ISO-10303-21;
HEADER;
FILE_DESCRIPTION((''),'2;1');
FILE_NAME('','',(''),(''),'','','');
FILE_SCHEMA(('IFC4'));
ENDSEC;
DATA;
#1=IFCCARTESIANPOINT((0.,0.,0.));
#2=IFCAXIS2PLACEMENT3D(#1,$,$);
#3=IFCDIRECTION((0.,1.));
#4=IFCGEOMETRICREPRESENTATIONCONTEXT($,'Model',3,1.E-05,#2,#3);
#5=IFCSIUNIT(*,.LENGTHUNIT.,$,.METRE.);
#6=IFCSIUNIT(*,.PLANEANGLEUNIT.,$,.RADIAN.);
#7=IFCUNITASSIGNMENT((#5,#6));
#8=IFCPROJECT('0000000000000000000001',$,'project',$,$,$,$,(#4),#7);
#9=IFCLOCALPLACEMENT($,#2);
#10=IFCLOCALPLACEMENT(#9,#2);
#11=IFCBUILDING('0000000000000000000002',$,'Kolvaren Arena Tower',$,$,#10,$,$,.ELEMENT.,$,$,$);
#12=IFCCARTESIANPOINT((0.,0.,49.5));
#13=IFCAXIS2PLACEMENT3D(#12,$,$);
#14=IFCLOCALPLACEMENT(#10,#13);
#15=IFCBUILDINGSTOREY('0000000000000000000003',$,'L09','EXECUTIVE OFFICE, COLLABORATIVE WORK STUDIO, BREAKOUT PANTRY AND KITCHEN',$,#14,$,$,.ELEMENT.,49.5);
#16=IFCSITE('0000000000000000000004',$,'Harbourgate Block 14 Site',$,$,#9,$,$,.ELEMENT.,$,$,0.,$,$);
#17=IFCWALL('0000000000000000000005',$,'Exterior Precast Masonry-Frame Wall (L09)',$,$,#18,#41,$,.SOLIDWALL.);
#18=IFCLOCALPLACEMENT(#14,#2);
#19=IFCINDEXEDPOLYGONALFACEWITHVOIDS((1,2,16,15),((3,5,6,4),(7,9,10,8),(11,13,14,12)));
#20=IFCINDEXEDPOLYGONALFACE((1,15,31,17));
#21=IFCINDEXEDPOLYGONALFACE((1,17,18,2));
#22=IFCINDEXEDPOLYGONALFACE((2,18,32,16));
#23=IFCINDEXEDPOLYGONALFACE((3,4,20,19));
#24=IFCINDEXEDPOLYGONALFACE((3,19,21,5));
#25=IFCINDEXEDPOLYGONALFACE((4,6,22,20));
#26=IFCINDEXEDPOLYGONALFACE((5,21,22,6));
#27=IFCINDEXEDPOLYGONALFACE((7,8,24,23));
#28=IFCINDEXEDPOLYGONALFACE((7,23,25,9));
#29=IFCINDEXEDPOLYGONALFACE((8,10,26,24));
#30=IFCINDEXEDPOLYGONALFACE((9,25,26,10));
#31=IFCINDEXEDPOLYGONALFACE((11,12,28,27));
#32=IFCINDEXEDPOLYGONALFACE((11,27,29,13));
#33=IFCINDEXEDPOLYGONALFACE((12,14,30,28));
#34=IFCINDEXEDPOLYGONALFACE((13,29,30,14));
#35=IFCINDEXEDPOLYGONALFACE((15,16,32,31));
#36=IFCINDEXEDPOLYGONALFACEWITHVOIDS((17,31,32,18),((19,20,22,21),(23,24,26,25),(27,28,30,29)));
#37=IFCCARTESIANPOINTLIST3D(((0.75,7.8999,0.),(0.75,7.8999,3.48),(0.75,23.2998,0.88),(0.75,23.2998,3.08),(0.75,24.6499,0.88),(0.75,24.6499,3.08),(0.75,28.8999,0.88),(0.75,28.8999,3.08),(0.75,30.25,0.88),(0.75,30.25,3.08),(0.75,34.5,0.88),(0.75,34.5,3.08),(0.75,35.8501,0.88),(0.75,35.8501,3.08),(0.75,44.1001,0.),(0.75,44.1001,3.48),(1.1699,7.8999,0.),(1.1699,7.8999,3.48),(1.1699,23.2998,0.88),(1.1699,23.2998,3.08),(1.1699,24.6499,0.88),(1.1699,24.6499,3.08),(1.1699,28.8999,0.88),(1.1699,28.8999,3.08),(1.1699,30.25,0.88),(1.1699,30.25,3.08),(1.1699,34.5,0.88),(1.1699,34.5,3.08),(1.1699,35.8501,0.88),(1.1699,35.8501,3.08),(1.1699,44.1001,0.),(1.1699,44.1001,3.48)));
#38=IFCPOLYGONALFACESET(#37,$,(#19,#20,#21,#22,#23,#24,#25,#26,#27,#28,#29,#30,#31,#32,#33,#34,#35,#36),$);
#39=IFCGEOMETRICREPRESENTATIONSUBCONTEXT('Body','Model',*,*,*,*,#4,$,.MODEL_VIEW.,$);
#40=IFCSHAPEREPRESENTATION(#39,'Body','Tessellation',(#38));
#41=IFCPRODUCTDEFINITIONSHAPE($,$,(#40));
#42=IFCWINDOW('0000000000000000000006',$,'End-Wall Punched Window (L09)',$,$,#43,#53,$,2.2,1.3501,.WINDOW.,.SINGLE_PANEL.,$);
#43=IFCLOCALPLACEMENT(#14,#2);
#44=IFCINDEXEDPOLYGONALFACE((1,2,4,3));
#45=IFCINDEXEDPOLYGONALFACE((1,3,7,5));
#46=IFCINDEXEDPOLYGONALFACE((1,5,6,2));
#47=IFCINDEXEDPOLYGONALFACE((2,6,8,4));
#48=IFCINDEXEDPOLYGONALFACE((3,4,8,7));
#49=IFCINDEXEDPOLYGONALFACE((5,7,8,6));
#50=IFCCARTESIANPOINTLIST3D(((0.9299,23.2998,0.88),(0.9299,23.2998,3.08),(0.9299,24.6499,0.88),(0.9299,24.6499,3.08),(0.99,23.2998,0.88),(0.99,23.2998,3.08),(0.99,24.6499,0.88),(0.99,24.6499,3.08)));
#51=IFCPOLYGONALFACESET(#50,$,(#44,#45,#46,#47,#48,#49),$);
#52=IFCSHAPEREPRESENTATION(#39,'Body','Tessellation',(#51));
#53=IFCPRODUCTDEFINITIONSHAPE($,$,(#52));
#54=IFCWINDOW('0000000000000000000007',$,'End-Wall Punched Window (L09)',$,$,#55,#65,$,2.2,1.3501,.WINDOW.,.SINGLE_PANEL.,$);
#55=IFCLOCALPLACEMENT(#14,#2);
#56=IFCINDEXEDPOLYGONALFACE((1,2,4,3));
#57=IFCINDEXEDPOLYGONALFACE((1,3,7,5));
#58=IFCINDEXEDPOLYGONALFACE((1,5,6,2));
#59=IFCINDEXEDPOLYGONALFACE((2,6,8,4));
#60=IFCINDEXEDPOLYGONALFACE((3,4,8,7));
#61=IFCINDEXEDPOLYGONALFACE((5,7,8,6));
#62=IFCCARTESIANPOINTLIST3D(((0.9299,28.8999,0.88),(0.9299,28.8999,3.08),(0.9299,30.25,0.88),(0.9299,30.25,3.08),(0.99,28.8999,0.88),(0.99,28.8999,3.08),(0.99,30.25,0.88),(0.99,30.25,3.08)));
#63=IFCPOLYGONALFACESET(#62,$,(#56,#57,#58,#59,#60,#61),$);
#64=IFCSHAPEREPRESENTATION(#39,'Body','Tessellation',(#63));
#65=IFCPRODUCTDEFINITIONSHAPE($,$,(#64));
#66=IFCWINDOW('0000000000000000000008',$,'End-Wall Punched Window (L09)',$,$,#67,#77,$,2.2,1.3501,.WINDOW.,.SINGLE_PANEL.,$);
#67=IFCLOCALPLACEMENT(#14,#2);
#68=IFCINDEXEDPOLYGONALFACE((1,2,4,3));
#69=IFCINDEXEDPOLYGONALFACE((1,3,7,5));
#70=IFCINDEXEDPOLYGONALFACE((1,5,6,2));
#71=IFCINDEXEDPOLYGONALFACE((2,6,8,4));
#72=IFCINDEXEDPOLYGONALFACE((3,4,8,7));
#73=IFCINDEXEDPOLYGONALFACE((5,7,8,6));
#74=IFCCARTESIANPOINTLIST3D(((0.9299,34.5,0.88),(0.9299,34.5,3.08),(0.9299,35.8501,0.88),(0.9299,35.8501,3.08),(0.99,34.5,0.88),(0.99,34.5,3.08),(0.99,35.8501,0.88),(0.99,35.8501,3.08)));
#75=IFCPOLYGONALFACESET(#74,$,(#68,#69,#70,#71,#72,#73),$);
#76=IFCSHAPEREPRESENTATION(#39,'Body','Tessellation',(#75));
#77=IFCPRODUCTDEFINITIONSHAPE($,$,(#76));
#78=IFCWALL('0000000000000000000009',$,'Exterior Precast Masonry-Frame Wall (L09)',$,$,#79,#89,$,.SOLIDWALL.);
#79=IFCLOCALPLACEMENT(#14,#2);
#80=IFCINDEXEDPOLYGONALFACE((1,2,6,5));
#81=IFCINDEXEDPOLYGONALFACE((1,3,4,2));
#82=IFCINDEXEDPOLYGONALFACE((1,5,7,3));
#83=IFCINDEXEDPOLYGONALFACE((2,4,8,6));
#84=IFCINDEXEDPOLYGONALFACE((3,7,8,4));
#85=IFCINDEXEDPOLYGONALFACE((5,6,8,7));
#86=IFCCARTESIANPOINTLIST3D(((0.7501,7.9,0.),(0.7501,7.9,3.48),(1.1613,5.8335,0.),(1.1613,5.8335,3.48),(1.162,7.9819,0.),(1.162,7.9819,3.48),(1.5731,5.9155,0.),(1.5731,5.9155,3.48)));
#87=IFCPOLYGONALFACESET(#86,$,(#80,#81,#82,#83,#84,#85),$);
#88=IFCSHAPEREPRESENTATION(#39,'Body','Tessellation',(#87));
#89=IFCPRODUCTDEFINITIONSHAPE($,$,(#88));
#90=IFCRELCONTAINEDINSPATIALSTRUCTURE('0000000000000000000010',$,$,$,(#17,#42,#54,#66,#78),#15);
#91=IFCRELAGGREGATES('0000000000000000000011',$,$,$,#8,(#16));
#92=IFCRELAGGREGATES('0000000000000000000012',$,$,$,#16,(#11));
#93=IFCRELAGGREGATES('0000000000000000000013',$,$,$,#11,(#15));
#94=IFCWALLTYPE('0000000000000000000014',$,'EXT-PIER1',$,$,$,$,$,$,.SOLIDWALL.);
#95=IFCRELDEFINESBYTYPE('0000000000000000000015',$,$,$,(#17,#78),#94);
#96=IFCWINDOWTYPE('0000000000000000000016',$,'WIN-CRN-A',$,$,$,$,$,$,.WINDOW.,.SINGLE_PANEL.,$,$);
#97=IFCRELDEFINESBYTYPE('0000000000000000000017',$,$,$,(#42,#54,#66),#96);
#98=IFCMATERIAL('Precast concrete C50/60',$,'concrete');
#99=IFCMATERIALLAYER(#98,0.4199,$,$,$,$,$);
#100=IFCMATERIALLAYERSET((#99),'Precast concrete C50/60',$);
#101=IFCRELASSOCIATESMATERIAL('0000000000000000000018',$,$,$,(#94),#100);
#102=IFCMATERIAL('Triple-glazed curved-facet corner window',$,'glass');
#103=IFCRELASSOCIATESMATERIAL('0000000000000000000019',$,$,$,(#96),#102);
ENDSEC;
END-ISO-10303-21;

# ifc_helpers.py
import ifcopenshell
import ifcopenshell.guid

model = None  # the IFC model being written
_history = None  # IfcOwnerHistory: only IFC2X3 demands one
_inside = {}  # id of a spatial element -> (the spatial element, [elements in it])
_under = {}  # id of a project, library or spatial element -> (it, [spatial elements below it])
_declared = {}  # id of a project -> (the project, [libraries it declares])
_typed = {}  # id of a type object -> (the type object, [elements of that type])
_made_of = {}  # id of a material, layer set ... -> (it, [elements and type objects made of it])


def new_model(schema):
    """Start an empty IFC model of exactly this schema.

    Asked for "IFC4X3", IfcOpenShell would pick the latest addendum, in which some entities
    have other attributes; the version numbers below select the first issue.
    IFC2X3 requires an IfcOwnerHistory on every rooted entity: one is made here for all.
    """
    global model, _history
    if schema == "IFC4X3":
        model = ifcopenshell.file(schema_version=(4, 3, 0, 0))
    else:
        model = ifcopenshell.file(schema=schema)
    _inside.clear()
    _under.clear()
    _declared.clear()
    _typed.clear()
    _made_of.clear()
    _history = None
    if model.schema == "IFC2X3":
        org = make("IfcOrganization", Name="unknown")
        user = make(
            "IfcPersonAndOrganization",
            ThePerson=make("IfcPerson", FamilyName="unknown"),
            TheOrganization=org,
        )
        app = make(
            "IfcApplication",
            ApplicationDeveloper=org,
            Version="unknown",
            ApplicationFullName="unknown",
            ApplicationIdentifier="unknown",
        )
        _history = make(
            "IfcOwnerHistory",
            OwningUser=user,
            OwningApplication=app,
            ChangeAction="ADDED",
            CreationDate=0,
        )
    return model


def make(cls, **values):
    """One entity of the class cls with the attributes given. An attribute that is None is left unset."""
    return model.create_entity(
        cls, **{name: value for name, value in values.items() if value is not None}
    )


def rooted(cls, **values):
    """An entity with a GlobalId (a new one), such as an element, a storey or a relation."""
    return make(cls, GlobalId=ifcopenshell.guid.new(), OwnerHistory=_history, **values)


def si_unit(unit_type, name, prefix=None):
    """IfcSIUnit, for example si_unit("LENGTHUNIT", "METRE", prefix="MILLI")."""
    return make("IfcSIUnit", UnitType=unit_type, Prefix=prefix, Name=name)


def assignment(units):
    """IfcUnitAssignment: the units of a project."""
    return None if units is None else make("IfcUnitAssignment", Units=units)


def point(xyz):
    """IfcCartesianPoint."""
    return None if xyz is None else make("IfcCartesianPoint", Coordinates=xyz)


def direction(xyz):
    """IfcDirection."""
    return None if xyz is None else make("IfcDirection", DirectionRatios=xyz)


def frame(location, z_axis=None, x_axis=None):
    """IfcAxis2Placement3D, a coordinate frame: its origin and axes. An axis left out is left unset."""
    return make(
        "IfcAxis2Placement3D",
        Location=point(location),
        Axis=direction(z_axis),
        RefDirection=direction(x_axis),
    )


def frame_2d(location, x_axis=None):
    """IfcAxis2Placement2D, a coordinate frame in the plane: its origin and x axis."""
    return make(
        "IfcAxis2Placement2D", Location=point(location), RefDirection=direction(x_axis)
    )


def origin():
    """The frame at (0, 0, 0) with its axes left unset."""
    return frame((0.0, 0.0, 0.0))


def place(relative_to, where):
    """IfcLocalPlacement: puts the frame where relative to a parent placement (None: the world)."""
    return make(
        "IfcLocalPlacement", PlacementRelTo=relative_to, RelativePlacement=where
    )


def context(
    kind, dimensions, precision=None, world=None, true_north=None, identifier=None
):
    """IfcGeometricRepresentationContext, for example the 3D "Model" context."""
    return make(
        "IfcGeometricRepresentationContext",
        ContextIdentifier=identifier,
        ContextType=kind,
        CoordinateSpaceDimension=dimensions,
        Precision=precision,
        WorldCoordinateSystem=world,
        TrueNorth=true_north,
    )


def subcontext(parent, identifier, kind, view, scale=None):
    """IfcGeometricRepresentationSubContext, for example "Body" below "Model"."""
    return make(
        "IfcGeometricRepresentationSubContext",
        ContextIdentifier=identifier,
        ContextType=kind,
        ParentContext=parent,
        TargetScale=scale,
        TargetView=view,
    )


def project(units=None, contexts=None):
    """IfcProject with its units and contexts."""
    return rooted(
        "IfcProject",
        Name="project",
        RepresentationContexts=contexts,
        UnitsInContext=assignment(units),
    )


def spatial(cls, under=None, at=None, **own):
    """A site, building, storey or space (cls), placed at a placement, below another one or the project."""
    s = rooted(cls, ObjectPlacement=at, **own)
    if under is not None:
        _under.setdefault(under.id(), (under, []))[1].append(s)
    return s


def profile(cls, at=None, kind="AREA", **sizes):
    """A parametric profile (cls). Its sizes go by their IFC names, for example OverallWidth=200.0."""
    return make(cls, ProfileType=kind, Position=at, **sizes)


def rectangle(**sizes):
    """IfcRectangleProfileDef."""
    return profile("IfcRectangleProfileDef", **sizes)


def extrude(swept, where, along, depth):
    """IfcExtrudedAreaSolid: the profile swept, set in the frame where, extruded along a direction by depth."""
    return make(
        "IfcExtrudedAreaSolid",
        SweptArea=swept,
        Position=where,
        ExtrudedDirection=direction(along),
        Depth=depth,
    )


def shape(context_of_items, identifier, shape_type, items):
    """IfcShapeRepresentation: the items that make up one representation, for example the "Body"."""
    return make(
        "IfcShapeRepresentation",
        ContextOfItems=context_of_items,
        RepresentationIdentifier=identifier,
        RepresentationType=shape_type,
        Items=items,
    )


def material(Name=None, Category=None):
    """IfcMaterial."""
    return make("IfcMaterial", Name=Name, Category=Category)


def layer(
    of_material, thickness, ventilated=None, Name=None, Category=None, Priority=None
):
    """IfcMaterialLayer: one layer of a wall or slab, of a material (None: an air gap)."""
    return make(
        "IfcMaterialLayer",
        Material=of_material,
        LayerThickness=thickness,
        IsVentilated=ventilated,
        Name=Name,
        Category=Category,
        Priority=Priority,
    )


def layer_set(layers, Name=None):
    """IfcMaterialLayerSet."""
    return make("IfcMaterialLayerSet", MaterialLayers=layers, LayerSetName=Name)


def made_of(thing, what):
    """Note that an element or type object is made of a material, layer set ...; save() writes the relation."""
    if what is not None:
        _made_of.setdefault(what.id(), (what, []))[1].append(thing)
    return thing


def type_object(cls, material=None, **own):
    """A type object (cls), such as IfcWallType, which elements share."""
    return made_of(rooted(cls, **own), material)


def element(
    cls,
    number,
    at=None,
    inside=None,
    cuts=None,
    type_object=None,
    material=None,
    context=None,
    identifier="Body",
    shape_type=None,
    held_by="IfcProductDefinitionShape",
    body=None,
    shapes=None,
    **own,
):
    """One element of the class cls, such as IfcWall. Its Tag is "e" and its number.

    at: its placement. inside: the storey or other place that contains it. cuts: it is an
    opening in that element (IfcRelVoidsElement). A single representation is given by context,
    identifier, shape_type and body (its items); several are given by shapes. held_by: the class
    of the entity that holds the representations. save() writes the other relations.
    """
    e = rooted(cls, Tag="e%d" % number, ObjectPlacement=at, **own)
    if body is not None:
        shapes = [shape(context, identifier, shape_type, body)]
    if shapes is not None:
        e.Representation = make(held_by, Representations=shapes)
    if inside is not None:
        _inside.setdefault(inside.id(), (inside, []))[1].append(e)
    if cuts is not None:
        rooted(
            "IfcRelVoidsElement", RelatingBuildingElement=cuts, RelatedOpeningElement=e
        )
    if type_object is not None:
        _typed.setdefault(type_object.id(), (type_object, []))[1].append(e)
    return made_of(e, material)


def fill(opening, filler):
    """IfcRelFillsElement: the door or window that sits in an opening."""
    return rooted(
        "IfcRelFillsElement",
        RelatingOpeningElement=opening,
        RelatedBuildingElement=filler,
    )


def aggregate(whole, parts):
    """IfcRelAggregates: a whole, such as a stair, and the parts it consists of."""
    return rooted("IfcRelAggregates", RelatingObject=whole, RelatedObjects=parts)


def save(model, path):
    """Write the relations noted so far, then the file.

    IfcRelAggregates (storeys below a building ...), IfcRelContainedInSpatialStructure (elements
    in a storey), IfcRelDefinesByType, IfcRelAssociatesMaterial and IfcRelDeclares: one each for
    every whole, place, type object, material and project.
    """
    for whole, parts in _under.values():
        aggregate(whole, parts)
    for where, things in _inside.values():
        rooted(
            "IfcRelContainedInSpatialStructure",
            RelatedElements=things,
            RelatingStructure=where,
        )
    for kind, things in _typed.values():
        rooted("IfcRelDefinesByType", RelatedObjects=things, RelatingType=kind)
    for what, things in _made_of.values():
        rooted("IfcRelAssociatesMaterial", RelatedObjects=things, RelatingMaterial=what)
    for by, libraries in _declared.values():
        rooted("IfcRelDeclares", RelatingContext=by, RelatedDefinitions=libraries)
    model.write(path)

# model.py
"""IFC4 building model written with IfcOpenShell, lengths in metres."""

from ifc_helpers import new_model, si_unit, direction, frame, frame_2d, origin, place, context, subcontext, project, spatial, rectangle, extrude, material, layer, layer_set, type_object, element, fill, save


model = new_model("IFC4")

# Units and contexts
model_context = context("Model", 3, precision=1e-05, world=origin(), true_north=direction((0.0, 1.0)))
body_context = subcontext(model_context, "Body", "Model", "MODEL_VIEW")
ifc_project = project(units=[si_unit("LENGTHUNIT", "METRE"), si_unit("PLANEANGLEUNIT", "RADIAN")], contexts=[model_context])

# Site, building, storey
site_placement = place(None, origin())
site = spatial("IfcSite", under=ifc_project, at=site_placement, Name="Harbourgate Block 14 Site", CompositionType="ELEMENT", RefElevation=0.0)
building_placement = place(site_placement, origin())
building = spatial("IfcBuilding", under=site, at=building_placement, Name="Kolvaren Arena Tower", CompositionType="ELEMENT")
storey_placement = place(building_placement, frame((0.0, 0.0, 49.5)))
storey = spatial("IfcBuildingStorey", under=building, at=storey_placement, Name="L09", Description="EXECUTIVE OFFICE, COLLABORATIVE WORK STUDIO, BREAKOUT PANTRY AND KITCHEN", CompositionType="ELEMENT", Elevation=49.5)

# Wall, openings, windows
ifc_material_1 = material(Name="Precast concrete C50/60", Category="concrete")
ifc_layer_1 = layer(ifc_material_1, 0.4199)
ifc_layer_set_1 = layer_set([ifc_layer_1], Name="Precast concrete C50/60")
wall_type_1 = type_object("IfcWallType", Name="EXT-PIER1", PredefinedType="SOLIDWALL", material=ifc_layer_set_1)
wall_1_placement = place(storey_placement, frame((0.96, 7.8999, 0.0), z_axis=(0.0, 0.0, 1.0), x_axis=(0.0, 1.0, 0.0)))
wall_1 = element("IfcWall", 1, at=wall_1_placement, inside=storey, type_object=wall_type_1, Name="Exterior Precast Masonry-Frame Wall (L09)", PredefinedType="SOLIDWALL", context=body_context, shape_type="SweptSolid", body=[
    extrude(rectangle(XDim=36.2002, YDim=0.4199, at=frame_2d((18.1001, 0.0))), origin(), (0.0, 0.0, 1.0), 3.48),
])
opening_1_placement = place(wall_1_placement, frame((15.3999, 0.0, 0.8799)))
opening_1 = element("IfcOpeningElement", 2, at=opening_1_placement, cuts=wall_1, PredefinedType="OPENING", context=body_context, shape_type="SweptSolid", body=[
    extrude(rectangle(XDim=1.3501, YDim=2.2, at=frame_2d((0.675, 1.1001))), frame((0.0, 0.22, 0.0), z_axis=(0.0, -1.0, 0.0), x_axis=(1.0, 0.0, 0.0)), (0.0, 0.0, 1.0), 0.4399),
])
opening_2_placement = place(wall_1_placement, frame((21.0, 0.0, 0.8799)))
opening_2 = element("IfcOpeningElement", 3, at=opening_2_placement, cuts=wall_1, PredefinedType="OPENING", context=body_context, shape_type="SweptSolid", body=[
    extrude(rectangle(XDim=1.3501, YDim=2.2, at=frame_2d((0.675, 1.1001))), frame((0.0, 0.22, 0.0), z_axis=(0.0, -1.0, 0.0), x_axis=(1.0, 0.0, 0.0)), (0.0, 0.0, 1.0), 0.4399),
])
opening_3_placement = place(wall_1_placement, frame((26.6001, 0.0, 0.8799)))
opening_3 = element("IfcOpeningElement", 4, at=opening_3_placement, cuts=wall_1, PredefinedType="OPENING", context=body_context, shape_type="SweptSolid", body=[
    extrude(rectangle(XDim=1.3501, YDim=2.2, at=frame_2d((0.675, 1.1001))), frame((0.0, 0.22, 0.0), z_axis=(0.0, -1.0, 0.0), x_axis=(1.0, 0.0, 0.0)), (0.0, 0.0, 1.0), 0.4399),
])
ifc_material_2 = material(Name="Triple-glazed curved-facet corner window", Category="glass")
window_type = type_object("IfcWindowType", Name="WIN-CRN-A", PartitioningType="SINGLE_PANEL", PredefinedType="WINDOW", material=ifc_material_2)
window_1_placement = place(opening_1_placement, origin())
window_1 = element("IfcWindow", 5, at=window_1_placement, inside=storey, type_object=window_type, Name="End-Wall Punched Window (L09)", OverallHeight=2.2, OverallWidth=1.3501, PartitioningType="SINGLE_PANEL", PredefinedType="WINDOW", context=body_context, shape_type="SweptSolid", body=[
    extrude(rectangle(XDim=1.3501, YDim=2.2, at=frame_2d((0.675, 1.1001))), frame((0.0, 0.03, 0.0), z_axis=(0.0, -1.0, 0.0), x_axis=(1.0, 0.0, 0.0)), (0.0, 0.0, 1.0), 0.0601),
])
fill(opening_1, window_1)
window_2_placement = place(opening_2_placement, origin())
window_2 = element("IfcWindow", 6, at=window_2_placement, inside=storey, type_object=window_type, Name="End-Wall Punched Window (L09)", OverallHeight=2.2, OverallWidth=1.3501, PartitioningType="SINGLE_PANEL", PredefinedType="WINDOW", context=body_context, shape_type="SweptSolid", body=[
    extrude(rectangle(XDim=1.3501, YDim=2.2, at=frame_2d((0.675, 1.1001))), frame((0.0, 0.03, 0.0), z_axis=(0.0, -1.0, 0.0), x_axis=(1.0, 0.0, 0.0)), (0.0, 0.0, 1.0), 0.0601),
])
fill(opening_2, window_2)
window_3_placement = place(opening_3_placement, origin())
window_3 = element("IfcWindow", 7, at=window_3_placement, inside=storey, type_object=window_type, Name="End-Wall Punched Window (L09)", OverallHeight=2.2, OverallWidth=1.3501, PartitioningType="SINGLE_PANEL", PredefinedType="WINDOW", context=body_context, shape_type="SweptSolid", body=[
    extrude(rectangle(XDim=1.3501, YDim=2.2, at=frame_2d((0.675, 1.1001))), frame((0.0, 0.03, 0.0), z_axis=(0.0, -1.0, 0.0), x_axis=(1.0, 0.0, 0.0)), (0.0, 0.0, 1.0), 0.0601),
])
fill(opening_3, window_3)

# Wall
wall_2_placement = place(storey_placement, frame((1.3672, 5.8745, 0.0), z_axis=(0.0, 0.0, 1.0), x_axis=(-0.195136, 0.980776, 0.0)))
element("IfcWall", 8, at=wall_2_placement, inside=storey, type_object=wall_type_1, Name="Exterior Precast Masonry-Frame Wall (L09)", PredefinedType="SOLIDWALL", context=body_context, shape_type="SweptSolid", body=[
    extrude(rectangle(XDim=2.1069, YDim=0.4199, at=frame_2d((1.0535, 0.0))), origin(), (0.0, 0.0, 1.0), 3.48),
])

save(model, "model.ifc")
